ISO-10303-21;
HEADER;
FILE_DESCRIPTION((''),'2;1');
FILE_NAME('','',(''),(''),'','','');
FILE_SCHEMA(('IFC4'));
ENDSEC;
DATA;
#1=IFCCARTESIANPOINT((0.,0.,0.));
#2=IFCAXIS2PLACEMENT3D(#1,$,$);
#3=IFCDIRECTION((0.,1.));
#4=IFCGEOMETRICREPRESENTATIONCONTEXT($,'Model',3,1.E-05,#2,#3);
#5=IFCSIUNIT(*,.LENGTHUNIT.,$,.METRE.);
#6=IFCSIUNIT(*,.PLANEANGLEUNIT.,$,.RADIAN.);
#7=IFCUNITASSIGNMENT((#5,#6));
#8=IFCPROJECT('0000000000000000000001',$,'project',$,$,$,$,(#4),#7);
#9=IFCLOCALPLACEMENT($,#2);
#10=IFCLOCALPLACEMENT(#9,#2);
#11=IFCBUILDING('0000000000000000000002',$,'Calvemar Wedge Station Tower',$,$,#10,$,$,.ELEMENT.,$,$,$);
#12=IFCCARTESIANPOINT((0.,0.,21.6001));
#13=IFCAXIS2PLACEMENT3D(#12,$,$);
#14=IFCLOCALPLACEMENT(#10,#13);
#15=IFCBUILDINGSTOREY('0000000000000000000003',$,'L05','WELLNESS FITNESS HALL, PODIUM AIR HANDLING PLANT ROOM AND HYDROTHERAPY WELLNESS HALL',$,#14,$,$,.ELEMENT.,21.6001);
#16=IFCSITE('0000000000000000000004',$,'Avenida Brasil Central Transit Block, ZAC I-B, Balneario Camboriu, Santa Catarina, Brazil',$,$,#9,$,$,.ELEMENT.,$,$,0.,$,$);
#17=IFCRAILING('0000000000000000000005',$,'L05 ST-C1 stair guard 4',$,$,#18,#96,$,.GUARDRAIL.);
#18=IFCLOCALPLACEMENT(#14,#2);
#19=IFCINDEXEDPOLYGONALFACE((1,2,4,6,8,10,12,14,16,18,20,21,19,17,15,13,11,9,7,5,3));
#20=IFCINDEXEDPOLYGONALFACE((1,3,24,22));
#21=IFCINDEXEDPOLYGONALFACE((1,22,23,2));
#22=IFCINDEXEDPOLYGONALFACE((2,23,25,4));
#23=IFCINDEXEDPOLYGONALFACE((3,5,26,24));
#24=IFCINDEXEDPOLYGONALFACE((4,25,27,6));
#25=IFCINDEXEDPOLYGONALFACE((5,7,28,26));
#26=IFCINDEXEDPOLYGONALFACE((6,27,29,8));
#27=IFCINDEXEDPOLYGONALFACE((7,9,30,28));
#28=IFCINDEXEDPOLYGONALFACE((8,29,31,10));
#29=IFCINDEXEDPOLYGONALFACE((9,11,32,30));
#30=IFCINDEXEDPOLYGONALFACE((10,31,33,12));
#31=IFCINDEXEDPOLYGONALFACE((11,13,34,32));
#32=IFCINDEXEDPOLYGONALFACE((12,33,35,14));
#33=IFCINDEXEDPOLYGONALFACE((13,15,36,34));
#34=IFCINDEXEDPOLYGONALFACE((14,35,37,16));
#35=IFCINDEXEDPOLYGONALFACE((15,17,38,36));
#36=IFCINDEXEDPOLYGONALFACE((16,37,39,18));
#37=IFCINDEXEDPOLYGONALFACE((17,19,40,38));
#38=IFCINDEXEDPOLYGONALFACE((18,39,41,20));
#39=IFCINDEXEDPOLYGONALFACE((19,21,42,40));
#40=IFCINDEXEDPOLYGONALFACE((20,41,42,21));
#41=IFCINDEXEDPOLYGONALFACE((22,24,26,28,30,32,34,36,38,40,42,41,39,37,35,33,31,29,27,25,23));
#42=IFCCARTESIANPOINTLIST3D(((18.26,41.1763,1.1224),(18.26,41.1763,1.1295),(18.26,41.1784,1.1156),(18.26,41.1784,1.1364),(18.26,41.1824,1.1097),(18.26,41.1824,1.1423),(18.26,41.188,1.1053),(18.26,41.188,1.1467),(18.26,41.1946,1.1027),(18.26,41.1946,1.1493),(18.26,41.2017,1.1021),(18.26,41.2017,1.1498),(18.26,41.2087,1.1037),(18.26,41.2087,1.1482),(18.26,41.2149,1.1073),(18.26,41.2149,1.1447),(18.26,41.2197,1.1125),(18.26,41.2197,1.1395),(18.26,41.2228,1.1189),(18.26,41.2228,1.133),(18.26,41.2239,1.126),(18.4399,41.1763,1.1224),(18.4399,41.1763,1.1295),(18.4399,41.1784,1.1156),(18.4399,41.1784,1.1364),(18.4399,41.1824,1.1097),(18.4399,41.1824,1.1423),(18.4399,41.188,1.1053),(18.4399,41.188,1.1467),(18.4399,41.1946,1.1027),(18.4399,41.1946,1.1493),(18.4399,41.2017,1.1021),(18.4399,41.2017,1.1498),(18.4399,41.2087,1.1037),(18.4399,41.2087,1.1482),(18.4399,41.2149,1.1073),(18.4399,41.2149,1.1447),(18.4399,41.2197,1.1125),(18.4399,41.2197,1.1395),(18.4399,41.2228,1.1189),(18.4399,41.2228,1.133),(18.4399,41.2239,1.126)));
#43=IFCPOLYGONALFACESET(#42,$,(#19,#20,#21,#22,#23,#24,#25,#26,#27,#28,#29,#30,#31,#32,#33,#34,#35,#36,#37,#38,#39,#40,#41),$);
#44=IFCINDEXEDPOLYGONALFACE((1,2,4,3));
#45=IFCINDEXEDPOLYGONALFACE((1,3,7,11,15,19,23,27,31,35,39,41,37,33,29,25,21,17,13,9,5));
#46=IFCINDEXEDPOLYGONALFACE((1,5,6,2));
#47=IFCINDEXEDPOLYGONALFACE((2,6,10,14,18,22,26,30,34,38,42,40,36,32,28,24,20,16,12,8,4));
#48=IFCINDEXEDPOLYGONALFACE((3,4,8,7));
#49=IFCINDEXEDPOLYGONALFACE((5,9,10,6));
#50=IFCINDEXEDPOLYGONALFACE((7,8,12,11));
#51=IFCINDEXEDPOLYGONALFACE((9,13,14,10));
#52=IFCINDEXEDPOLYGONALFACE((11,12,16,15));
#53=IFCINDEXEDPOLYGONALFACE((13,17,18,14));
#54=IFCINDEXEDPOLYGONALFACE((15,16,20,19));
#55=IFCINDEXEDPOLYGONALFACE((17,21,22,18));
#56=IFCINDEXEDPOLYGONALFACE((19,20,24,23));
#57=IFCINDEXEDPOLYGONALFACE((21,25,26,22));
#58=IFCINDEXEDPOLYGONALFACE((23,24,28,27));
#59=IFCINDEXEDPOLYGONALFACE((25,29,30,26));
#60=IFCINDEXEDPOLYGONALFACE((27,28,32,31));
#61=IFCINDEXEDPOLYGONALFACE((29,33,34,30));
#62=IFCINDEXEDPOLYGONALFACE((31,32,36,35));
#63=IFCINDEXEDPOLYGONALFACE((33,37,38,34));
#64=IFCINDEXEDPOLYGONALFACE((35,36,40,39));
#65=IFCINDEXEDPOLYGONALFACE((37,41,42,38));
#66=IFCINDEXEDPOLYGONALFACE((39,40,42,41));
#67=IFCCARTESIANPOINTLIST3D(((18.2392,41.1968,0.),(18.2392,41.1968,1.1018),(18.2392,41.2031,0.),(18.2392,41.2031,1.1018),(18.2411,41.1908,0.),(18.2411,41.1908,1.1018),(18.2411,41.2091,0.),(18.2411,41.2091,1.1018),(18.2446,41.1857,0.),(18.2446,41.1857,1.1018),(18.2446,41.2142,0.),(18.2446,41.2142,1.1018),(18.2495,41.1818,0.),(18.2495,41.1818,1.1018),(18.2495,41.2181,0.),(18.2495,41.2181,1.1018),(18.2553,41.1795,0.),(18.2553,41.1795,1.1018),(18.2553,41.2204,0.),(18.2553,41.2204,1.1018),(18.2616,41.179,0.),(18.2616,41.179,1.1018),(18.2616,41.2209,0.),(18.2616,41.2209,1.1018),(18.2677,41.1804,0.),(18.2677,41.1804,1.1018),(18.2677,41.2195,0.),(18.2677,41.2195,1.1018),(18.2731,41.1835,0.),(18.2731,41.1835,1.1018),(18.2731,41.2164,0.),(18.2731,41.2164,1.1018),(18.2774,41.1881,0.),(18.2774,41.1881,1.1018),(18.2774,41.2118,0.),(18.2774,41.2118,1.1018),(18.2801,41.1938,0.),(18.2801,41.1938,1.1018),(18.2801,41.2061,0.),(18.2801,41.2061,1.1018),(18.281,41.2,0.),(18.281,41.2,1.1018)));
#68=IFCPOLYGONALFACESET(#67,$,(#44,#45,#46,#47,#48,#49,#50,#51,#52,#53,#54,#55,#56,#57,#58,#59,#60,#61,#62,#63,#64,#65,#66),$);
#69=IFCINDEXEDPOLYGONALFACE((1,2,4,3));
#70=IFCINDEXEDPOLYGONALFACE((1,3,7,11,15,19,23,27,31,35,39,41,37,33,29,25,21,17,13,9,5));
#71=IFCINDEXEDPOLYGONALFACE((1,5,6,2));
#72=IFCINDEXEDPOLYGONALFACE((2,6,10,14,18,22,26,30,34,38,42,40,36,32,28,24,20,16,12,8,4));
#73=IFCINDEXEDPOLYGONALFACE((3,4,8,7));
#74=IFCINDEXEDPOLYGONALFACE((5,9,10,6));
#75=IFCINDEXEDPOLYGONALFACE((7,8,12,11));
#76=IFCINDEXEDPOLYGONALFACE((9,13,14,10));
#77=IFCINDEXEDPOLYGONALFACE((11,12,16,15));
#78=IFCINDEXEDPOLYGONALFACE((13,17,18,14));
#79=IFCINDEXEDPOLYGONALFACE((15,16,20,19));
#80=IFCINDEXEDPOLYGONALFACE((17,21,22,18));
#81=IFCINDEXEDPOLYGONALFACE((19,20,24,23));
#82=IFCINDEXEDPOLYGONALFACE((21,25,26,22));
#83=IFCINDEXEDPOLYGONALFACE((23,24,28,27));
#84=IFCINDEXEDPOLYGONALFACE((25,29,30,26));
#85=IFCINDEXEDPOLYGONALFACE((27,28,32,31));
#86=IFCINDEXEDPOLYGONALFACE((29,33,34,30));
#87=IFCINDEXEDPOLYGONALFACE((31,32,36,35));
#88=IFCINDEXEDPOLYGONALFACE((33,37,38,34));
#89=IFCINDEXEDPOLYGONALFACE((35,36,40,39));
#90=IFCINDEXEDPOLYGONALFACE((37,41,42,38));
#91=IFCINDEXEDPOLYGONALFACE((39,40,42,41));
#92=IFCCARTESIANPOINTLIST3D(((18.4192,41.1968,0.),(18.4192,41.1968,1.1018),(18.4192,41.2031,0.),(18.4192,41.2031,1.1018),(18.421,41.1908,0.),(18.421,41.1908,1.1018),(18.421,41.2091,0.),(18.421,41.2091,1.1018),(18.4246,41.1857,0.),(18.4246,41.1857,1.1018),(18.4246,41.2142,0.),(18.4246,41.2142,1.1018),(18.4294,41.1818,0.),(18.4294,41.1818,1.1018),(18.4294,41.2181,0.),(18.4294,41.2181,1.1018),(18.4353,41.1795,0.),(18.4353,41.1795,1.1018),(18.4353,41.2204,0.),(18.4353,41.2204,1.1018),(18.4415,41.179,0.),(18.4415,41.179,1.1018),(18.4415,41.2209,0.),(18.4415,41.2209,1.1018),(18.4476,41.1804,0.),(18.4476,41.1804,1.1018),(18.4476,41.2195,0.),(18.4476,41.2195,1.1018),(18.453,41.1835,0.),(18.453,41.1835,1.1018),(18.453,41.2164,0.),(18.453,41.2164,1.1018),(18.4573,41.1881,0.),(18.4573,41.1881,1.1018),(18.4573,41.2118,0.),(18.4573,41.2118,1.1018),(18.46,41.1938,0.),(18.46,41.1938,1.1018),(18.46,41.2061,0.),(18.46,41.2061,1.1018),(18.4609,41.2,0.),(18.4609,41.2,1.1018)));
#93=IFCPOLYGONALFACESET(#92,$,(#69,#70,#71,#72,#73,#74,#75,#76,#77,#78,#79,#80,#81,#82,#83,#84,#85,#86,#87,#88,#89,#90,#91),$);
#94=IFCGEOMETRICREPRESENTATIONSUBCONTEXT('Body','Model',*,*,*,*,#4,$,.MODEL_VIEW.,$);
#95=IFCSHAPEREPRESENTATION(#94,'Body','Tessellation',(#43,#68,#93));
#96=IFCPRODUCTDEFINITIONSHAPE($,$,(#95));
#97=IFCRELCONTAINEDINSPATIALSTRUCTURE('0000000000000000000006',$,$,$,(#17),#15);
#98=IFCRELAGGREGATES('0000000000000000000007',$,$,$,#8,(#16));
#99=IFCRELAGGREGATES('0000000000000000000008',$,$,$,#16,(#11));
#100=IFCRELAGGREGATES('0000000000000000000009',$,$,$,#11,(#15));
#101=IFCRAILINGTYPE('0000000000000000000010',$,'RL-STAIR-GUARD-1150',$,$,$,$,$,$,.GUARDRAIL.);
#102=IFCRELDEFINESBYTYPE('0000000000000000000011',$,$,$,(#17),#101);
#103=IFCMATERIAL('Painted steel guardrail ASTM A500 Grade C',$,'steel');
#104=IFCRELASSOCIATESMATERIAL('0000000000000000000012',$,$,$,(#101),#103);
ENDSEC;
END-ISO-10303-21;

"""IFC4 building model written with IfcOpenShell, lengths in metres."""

from ifc_helpers import new_model, si_unit, direction, frame, origin, origin_2d, place, context, subcontext, project, spatial, circle, extrude, material, type_object, element, save


model = new_model("IFC4")

# Units and contexts
model_context = context("Model", 3, precision=1e-05, world=origin(), true_north=direction((0.0, 1.0)))
body_context = subcontext(model_context, "Body", "Model", "MODEL_VIEW")
ifc_project = project(units=[si_unit("LENGTHUNIT", "METRE"), si_unit("PLANEANGLEUNIT", "RADIAN")], contexts=[model_context])

# Site, building, storey
site_placement = place(None, origin())
site = spatial("IfcSite", under=ifc_project, at=site_placement, Name="Avenida Brasil Central Transit Block, ZAC I-B, Balneario Camboriu, Santa Catarina, Brazil", CompositionType="ELEMENT", RefElevation=0.0)
building_placement = place(site_placement, origin())
building = spatial("IfcBuilding", under=site, at=building_placement, Name="Calvemar Wedge Station Tower", CompositionType="ELEMENT")
storey_placement = place(building_placement, frame((0.0, 0.0, 21.6001)))
storey = spatial("IfcBuildingStorey", under=building, at=storey_placement, Name="L05", Description="WELLNESS FITNESS HALL, PODIUM AIR HANDLING PLANT ROOM AND HYDROTHERAPY WELLNESS HALL", CompositionType="ELEMENT", Elevation=21.6001)

# Railing
ifc_material_1 = material(Name="Painted steel guardrail ASTM A500 Grade C", Category="steel")
railing_type_1 = type_object("IfcRailingType", Name="RL-STAIR-GUARD-1150", PredefinedType="GUARDRAIL", material=ifc_material_1)
railing_1_placement = place(storey_placement, frame((18.26, 41.2, 0.0)))
element("IfcRailing", 1, at=railing_1_placement, inside=storey, type_object=railing_type_1, Name="L05 ST-C1 stair guard 4", PredefinedType="GUARDRAIL", context=body_context, shape_type="SweptSolid", body=[
    extrude(circle(Radius=0.0239, at=origin_2d()), frame((0.0, 0.0, 1.126), z_axis=(1.0, 0.0, 0.0), x_axis=(0.0, 1.0, 0.0)), (0.0, 0.0, 1.0), 0.1799),
    extrude(circle(Radius=0.021, at=origin_2d()), origin(), (0.0, 0.0, 1.0), 1.1018),
    extrude(circle(Radius=0.021, at=origin_2d()), frame((0.1799, 0.0, 0.0)), (0.0, 0.0, 1.0), 1.1018),
])

save(model, "model.ifc")
